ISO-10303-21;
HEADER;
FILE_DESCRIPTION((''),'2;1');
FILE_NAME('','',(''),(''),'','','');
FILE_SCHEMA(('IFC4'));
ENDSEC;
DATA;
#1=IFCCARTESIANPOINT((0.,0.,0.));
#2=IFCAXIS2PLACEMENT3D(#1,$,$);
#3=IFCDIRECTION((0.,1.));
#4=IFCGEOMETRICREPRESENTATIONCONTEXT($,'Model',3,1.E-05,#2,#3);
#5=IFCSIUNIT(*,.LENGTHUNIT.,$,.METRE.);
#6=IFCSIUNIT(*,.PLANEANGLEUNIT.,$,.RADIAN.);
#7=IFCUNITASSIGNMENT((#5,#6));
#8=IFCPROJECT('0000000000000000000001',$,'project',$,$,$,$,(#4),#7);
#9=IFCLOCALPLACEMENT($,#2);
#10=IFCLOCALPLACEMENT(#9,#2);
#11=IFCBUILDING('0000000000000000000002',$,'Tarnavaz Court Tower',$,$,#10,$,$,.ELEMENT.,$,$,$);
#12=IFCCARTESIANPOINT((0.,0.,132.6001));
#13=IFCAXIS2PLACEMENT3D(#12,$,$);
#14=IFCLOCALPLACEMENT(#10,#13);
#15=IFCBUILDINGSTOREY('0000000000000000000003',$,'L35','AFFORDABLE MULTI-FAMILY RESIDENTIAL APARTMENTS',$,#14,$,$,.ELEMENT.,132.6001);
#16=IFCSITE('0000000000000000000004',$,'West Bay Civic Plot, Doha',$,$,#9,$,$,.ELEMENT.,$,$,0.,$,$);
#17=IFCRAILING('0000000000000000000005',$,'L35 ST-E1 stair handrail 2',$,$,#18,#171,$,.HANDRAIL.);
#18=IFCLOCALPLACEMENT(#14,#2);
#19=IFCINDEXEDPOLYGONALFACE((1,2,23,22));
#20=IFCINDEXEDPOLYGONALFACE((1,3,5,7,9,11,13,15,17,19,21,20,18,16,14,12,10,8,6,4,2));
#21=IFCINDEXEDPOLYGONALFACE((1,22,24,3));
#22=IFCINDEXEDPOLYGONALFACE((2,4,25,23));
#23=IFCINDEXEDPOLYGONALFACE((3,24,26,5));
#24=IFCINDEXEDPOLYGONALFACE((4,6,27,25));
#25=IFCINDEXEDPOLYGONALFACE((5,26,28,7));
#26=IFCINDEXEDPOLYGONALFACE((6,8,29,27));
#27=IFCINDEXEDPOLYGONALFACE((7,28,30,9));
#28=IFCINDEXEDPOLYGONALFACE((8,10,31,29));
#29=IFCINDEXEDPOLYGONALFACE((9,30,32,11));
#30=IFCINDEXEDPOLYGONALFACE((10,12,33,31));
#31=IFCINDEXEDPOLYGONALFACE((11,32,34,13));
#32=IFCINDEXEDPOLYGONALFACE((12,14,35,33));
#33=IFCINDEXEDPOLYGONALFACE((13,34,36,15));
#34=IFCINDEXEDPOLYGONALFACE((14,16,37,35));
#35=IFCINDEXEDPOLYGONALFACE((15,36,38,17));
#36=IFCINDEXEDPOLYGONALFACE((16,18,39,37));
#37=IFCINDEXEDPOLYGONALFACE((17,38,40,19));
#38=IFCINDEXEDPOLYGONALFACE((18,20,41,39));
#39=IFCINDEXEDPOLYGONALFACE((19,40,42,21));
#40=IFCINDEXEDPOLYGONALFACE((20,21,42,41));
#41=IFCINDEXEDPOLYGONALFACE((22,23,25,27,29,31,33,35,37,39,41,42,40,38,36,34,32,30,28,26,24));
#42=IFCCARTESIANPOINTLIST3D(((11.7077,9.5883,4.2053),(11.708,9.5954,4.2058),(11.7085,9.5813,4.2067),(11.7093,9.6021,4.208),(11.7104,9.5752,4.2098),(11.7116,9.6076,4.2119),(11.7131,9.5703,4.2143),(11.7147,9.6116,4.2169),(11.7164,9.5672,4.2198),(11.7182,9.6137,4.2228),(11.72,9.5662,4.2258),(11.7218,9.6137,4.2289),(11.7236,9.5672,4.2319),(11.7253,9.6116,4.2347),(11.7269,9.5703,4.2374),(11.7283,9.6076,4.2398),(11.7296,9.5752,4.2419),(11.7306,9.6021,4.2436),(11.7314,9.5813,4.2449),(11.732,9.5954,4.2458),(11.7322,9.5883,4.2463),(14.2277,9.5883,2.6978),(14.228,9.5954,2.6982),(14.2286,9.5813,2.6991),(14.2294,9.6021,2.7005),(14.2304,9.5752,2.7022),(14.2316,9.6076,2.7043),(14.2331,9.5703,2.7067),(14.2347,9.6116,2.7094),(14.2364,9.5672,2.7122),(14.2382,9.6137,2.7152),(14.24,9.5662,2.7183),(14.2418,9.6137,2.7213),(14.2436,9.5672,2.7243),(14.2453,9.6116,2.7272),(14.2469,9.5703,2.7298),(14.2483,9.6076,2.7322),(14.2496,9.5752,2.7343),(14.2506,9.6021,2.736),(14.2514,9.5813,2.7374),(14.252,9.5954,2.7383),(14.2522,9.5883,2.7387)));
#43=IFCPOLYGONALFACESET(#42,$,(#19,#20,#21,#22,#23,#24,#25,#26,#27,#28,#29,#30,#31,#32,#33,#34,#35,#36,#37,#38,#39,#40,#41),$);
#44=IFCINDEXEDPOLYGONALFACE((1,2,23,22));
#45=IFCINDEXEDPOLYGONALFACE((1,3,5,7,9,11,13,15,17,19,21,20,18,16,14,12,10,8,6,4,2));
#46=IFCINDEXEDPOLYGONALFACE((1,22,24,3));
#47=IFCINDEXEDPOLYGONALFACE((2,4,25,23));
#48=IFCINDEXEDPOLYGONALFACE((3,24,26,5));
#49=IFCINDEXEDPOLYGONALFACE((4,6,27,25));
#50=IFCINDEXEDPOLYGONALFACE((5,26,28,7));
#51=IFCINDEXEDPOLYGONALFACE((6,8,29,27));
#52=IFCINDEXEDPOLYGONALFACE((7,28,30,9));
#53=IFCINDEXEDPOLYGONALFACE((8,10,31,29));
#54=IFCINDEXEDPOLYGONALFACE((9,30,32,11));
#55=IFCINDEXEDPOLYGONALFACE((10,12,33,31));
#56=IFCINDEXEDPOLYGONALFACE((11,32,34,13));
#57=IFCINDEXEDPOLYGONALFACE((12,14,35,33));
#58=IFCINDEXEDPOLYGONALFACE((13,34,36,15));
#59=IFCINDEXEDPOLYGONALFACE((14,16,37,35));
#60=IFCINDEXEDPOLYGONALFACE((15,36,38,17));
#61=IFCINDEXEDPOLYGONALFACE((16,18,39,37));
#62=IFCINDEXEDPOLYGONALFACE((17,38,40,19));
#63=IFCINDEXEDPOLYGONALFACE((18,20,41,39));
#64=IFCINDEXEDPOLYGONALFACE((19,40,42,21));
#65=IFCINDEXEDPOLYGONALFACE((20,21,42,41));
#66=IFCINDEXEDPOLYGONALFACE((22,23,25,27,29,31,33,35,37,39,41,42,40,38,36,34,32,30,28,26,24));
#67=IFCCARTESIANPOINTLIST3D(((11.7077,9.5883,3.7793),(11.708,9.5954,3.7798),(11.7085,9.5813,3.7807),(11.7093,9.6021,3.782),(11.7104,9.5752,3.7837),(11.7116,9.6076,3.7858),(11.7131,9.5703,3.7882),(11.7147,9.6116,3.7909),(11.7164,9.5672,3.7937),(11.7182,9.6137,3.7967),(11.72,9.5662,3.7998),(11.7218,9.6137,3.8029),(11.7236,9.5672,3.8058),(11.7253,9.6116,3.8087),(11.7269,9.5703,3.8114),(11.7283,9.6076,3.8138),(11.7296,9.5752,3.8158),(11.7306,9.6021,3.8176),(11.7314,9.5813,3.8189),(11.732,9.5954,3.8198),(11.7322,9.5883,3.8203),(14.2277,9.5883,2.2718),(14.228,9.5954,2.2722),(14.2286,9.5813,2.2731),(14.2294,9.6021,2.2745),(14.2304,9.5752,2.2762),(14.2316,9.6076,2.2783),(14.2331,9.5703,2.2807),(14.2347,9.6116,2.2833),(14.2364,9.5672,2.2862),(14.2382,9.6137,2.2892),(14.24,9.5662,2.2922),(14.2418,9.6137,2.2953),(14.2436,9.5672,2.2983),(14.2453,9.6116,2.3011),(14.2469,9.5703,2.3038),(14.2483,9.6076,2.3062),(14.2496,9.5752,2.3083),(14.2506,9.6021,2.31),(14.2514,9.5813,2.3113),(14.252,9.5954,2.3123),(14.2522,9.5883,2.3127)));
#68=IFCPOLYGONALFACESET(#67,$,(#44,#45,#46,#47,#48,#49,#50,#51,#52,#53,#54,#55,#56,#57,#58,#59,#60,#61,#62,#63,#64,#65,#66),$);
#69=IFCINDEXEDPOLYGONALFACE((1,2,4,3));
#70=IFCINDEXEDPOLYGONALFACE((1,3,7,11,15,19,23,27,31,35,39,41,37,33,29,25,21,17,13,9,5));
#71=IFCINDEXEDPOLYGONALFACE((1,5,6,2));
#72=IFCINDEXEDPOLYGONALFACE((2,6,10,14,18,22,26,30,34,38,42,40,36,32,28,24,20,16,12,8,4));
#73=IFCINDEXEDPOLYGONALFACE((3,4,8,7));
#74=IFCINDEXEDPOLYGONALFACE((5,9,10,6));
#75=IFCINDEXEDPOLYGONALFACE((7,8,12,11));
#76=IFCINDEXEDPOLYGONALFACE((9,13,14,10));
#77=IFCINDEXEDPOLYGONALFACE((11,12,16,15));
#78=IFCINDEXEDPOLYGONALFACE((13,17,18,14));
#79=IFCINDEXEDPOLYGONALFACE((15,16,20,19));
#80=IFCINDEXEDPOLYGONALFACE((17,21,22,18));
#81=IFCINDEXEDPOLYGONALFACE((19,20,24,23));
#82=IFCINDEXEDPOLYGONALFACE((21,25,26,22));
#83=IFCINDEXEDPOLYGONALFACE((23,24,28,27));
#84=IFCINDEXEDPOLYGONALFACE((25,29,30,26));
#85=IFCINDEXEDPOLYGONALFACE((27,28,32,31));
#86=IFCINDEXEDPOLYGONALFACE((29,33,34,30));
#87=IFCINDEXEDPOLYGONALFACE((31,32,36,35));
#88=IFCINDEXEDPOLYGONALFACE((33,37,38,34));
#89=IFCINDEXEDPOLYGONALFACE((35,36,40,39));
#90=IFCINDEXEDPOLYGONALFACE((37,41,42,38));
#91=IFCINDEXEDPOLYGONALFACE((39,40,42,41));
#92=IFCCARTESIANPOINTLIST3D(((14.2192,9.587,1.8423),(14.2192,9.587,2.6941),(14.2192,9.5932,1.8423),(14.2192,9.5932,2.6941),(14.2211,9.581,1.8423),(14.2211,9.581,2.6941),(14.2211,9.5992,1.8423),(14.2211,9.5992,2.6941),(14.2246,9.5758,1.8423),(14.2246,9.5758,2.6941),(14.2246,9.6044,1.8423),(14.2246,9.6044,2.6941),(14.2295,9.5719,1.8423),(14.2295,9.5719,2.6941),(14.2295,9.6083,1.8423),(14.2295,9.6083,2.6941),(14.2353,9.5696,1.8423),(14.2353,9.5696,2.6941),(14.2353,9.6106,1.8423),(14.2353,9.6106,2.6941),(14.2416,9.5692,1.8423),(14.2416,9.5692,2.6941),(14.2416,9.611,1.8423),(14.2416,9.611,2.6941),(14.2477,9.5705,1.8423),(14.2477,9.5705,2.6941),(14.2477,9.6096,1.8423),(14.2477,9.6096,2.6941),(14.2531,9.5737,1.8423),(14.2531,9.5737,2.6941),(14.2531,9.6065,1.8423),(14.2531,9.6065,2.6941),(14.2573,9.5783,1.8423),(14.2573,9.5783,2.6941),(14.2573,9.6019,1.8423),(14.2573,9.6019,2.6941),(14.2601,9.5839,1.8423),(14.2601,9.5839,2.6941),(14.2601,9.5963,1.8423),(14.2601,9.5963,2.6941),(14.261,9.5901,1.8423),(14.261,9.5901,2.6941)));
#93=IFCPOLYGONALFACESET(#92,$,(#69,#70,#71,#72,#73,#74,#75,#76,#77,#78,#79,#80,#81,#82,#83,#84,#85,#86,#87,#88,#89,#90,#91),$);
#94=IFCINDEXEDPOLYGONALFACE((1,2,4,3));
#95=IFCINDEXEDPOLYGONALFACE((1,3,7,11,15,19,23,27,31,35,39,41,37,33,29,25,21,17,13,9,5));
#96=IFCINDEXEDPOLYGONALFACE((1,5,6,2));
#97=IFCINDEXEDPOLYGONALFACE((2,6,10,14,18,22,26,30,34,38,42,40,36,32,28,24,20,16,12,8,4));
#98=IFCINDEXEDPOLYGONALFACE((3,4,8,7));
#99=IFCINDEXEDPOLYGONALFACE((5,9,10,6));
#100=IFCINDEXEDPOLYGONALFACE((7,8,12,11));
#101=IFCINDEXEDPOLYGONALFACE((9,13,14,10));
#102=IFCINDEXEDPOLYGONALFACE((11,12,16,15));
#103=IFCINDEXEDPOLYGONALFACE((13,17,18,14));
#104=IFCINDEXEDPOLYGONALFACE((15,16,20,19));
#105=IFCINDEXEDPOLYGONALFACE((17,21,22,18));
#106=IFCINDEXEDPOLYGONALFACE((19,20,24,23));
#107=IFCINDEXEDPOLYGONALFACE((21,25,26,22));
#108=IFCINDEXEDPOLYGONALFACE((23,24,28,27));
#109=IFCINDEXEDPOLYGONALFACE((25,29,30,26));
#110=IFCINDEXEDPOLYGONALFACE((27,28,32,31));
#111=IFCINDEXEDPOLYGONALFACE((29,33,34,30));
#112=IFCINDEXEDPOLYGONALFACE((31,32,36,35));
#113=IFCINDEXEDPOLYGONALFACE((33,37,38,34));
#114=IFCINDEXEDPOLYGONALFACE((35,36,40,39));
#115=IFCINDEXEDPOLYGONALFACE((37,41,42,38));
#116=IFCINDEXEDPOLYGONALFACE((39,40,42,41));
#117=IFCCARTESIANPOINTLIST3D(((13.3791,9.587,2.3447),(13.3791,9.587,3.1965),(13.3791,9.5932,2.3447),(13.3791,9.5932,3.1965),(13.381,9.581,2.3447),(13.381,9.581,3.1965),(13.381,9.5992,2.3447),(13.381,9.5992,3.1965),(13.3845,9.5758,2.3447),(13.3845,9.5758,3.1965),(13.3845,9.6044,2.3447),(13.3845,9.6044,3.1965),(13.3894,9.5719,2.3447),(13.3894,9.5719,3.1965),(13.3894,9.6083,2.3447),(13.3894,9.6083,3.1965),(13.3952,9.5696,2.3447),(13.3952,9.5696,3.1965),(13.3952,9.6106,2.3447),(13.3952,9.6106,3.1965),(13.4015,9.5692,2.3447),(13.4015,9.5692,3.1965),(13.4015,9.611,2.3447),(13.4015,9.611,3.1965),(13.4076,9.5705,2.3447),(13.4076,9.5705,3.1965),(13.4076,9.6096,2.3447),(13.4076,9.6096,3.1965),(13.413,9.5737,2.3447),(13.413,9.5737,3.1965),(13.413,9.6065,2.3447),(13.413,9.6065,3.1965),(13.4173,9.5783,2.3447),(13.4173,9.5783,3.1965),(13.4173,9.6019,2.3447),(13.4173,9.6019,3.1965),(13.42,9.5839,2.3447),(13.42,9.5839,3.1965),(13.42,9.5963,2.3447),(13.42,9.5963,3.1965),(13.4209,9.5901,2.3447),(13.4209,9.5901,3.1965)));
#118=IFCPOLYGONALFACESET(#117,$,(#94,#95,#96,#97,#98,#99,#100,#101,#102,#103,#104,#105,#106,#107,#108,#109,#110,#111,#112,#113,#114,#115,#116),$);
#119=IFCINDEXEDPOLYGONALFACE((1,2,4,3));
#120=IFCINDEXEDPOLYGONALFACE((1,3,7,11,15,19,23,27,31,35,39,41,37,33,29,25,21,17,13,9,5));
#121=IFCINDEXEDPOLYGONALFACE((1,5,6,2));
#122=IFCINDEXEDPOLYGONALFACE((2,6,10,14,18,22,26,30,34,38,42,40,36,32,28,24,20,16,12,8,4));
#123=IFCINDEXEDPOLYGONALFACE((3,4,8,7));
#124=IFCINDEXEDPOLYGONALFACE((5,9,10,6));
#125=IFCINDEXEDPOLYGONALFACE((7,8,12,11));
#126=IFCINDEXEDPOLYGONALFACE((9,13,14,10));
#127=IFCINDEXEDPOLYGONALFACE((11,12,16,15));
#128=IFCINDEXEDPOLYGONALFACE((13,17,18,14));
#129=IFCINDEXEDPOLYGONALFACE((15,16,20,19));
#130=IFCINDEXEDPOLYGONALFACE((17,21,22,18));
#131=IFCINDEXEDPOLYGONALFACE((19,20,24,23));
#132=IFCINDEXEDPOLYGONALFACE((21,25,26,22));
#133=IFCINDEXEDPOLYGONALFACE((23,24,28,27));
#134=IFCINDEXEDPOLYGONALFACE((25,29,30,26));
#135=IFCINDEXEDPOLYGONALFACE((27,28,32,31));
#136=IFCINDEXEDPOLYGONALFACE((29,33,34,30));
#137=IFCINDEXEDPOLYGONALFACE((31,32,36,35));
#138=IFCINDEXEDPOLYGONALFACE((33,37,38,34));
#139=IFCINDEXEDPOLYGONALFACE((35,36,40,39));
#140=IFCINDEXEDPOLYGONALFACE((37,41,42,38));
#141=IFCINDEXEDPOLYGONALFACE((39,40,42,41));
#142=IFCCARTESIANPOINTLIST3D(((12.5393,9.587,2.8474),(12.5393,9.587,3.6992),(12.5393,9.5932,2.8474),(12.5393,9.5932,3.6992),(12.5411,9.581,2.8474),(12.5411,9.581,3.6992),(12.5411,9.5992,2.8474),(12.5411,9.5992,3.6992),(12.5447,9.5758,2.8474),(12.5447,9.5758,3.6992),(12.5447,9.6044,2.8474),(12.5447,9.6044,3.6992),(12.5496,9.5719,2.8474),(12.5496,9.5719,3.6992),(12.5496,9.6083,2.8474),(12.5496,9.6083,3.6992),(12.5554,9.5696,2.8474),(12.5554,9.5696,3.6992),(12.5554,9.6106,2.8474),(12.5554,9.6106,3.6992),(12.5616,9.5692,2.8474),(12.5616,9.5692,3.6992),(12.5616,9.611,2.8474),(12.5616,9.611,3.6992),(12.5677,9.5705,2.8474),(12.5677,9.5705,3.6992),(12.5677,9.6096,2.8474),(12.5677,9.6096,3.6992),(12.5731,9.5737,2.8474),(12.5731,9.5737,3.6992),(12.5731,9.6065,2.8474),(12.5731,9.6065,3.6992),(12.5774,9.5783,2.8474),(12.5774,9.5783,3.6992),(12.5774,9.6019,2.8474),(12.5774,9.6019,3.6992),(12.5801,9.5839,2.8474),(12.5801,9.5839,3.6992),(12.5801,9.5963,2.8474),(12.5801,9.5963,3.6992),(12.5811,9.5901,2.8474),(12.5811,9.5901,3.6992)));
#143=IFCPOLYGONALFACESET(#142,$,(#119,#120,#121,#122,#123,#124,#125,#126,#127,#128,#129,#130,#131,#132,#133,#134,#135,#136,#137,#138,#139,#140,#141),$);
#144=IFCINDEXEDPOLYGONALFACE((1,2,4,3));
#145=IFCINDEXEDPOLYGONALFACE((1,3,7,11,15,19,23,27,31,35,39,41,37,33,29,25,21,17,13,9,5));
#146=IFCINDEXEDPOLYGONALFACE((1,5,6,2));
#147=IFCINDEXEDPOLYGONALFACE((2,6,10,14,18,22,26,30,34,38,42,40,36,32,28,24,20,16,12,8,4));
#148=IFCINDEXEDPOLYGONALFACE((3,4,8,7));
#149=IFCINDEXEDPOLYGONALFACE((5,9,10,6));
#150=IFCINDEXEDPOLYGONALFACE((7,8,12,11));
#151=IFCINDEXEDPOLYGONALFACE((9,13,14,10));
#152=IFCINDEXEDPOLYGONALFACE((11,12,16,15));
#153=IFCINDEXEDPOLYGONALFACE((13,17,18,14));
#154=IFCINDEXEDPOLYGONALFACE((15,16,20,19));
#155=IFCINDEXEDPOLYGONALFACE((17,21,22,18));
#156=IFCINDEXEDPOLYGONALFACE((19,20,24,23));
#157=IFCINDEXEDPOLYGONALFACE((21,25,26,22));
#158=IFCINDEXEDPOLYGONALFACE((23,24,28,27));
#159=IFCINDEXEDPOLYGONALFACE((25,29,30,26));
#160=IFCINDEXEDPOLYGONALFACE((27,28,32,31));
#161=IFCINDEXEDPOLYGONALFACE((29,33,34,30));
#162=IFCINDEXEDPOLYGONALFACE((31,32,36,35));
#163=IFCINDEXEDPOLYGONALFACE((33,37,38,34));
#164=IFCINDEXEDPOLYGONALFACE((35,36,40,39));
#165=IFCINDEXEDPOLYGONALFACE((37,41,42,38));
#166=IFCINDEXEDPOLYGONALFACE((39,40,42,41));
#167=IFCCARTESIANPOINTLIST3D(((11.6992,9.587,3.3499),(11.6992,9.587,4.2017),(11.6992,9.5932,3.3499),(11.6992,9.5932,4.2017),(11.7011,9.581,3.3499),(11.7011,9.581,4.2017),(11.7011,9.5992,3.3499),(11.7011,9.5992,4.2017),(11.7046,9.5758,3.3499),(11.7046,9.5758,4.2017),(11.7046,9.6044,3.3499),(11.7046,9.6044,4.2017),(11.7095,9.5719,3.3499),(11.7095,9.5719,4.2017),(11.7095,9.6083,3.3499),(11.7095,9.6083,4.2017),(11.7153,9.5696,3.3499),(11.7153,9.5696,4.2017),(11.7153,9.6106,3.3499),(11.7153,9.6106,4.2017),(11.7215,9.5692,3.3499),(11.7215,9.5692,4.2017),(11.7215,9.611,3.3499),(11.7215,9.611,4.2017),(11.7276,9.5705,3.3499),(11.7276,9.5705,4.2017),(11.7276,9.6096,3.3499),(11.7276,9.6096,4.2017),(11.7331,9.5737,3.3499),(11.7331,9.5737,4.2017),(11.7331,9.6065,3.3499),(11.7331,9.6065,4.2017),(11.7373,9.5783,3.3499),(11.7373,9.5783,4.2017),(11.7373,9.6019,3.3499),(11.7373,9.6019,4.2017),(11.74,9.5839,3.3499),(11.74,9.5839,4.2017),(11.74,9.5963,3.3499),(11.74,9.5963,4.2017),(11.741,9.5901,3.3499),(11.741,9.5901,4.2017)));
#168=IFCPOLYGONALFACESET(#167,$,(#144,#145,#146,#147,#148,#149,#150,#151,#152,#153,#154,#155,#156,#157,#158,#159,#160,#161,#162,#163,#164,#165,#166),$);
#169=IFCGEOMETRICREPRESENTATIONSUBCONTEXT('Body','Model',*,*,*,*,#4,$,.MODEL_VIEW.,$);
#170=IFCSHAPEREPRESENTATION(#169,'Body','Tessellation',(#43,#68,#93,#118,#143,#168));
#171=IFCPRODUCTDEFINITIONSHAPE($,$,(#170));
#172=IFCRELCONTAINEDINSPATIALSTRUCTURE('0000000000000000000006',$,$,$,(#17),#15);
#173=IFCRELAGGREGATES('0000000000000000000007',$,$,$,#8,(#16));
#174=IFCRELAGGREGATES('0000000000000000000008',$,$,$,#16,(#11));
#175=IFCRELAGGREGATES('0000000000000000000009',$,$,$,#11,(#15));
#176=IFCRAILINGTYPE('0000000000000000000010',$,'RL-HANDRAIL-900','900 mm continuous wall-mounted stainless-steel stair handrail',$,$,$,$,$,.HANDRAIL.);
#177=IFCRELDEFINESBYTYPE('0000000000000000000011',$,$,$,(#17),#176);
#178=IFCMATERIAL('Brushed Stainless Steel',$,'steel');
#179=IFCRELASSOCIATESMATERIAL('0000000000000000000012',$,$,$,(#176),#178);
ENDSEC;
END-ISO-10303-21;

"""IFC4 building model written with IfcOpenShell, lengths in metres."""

from ifc_helpers import new_model, si_unit, direction, frame, origin, origin_2d, place, context, subcontext, project, spatial, circle, extrude, material, type_object, element, save


model = new_model("IFC4")

# Units and contexts
model_context = context("Model", 3, precision=1e-05, world=origin(), true_north=direction((0.0, 1.0)))
body_context = subcontext(model_context, "Body", "Model", "MODEL_VIEW")
ifc_project = project(units=[si_unit("LENGTHUNIT", "METRE"), si_unit("PLANEANGLEUNIT", "RADIAN")], contexts=[model_context])

# Site, building, storey
site_placement = place(None, origin())
site = spatial("IfcSite", under=ifc_project, at=site_placement, Name="West Bay Civic Plot, Doha", CompositionType="ELEMENT", RefElevation=0.0)
building_placement = place(site_placement, origin())
building = spatial("IfcBuilding", under=site, at=building_placement, Name="Tarnavaz Court Tower", CompositionType="ELEMENT")
storey_placement = place(building_placement, frame((0.0, 0.0, 132.6001)))
storey = spatial("IfcBuildingStorey", under=building, at=storey_placement, Name="L35", Description="AFFORDABLE MULTI-FAMILY RESIDENTIAL APARTMENTS", CompositionType="ELEMENT", Elevation=132.6001)

# Railing
ifc_material_1 = material(Name="Brushed Stainless Steel", Category="steel")
railing_type_1 = type_object("IfcRailingType", Name="RL-HANDRAIL-900", Description="900 mm continuous wall-mounted stainless-steel stair handrail", PredefinedType="HANDRAIL", material=ifc_material_1)
railing_1_placement = place(storey_placement, frame((14.24, 9.5901, 1.8423)))
element("IfcRailing", 1, at=railing_1_placement, inside=storey, type_object=railing_type_1, Name="L35 ST-E1 stair handrail 2", PredefinedType="HANDRAIL", context=body_context, shape_type="SweptSolid", body=[
    extrude(circle(Radius=0.0239, at=origin_2d()), frame((0.0, 0.0, 0.876), z_axis=(-0.85816, 0.0, 0.513383), x_axis=(0.0, -1.0, 0.0)), (0.0, 0.0, 1.0), 2.9365),
    extrude(circle(Radius=0.0239, at=origin_2d()), frame((0.0, 0.0, 0.45), z_axis=(-0.85816, 0.0, 0.513383), x_axis=(0.0, -1.0, 0.0)), (0.0, 0.0, 1.0), 2.9365),
    extrude(circle(Radius=0.021, at=origin_2d()), origin(), (0.0, 0.0, 1.0), 0.8518),
    extrude(circle(Radius=0.021, at=origin_2d()), frame((-0.8401, 0.0, 0.5024)), (0.0, 0.0, 1.0), 0.8518),
    extrude(circle(Radius=0.021, at=origin_2d()), frame((-1.6799, 0.0, 1.0051)), (0.0, 0.0, 1.0), 0.8518),
    extrude(circle(Radius=0.021, at=origin_2d()), frame((-2.52, 0.0, 1.5076)), (0.0, 0.0, 1.0), 0.8518),
])

save(model, "model.ifc")
